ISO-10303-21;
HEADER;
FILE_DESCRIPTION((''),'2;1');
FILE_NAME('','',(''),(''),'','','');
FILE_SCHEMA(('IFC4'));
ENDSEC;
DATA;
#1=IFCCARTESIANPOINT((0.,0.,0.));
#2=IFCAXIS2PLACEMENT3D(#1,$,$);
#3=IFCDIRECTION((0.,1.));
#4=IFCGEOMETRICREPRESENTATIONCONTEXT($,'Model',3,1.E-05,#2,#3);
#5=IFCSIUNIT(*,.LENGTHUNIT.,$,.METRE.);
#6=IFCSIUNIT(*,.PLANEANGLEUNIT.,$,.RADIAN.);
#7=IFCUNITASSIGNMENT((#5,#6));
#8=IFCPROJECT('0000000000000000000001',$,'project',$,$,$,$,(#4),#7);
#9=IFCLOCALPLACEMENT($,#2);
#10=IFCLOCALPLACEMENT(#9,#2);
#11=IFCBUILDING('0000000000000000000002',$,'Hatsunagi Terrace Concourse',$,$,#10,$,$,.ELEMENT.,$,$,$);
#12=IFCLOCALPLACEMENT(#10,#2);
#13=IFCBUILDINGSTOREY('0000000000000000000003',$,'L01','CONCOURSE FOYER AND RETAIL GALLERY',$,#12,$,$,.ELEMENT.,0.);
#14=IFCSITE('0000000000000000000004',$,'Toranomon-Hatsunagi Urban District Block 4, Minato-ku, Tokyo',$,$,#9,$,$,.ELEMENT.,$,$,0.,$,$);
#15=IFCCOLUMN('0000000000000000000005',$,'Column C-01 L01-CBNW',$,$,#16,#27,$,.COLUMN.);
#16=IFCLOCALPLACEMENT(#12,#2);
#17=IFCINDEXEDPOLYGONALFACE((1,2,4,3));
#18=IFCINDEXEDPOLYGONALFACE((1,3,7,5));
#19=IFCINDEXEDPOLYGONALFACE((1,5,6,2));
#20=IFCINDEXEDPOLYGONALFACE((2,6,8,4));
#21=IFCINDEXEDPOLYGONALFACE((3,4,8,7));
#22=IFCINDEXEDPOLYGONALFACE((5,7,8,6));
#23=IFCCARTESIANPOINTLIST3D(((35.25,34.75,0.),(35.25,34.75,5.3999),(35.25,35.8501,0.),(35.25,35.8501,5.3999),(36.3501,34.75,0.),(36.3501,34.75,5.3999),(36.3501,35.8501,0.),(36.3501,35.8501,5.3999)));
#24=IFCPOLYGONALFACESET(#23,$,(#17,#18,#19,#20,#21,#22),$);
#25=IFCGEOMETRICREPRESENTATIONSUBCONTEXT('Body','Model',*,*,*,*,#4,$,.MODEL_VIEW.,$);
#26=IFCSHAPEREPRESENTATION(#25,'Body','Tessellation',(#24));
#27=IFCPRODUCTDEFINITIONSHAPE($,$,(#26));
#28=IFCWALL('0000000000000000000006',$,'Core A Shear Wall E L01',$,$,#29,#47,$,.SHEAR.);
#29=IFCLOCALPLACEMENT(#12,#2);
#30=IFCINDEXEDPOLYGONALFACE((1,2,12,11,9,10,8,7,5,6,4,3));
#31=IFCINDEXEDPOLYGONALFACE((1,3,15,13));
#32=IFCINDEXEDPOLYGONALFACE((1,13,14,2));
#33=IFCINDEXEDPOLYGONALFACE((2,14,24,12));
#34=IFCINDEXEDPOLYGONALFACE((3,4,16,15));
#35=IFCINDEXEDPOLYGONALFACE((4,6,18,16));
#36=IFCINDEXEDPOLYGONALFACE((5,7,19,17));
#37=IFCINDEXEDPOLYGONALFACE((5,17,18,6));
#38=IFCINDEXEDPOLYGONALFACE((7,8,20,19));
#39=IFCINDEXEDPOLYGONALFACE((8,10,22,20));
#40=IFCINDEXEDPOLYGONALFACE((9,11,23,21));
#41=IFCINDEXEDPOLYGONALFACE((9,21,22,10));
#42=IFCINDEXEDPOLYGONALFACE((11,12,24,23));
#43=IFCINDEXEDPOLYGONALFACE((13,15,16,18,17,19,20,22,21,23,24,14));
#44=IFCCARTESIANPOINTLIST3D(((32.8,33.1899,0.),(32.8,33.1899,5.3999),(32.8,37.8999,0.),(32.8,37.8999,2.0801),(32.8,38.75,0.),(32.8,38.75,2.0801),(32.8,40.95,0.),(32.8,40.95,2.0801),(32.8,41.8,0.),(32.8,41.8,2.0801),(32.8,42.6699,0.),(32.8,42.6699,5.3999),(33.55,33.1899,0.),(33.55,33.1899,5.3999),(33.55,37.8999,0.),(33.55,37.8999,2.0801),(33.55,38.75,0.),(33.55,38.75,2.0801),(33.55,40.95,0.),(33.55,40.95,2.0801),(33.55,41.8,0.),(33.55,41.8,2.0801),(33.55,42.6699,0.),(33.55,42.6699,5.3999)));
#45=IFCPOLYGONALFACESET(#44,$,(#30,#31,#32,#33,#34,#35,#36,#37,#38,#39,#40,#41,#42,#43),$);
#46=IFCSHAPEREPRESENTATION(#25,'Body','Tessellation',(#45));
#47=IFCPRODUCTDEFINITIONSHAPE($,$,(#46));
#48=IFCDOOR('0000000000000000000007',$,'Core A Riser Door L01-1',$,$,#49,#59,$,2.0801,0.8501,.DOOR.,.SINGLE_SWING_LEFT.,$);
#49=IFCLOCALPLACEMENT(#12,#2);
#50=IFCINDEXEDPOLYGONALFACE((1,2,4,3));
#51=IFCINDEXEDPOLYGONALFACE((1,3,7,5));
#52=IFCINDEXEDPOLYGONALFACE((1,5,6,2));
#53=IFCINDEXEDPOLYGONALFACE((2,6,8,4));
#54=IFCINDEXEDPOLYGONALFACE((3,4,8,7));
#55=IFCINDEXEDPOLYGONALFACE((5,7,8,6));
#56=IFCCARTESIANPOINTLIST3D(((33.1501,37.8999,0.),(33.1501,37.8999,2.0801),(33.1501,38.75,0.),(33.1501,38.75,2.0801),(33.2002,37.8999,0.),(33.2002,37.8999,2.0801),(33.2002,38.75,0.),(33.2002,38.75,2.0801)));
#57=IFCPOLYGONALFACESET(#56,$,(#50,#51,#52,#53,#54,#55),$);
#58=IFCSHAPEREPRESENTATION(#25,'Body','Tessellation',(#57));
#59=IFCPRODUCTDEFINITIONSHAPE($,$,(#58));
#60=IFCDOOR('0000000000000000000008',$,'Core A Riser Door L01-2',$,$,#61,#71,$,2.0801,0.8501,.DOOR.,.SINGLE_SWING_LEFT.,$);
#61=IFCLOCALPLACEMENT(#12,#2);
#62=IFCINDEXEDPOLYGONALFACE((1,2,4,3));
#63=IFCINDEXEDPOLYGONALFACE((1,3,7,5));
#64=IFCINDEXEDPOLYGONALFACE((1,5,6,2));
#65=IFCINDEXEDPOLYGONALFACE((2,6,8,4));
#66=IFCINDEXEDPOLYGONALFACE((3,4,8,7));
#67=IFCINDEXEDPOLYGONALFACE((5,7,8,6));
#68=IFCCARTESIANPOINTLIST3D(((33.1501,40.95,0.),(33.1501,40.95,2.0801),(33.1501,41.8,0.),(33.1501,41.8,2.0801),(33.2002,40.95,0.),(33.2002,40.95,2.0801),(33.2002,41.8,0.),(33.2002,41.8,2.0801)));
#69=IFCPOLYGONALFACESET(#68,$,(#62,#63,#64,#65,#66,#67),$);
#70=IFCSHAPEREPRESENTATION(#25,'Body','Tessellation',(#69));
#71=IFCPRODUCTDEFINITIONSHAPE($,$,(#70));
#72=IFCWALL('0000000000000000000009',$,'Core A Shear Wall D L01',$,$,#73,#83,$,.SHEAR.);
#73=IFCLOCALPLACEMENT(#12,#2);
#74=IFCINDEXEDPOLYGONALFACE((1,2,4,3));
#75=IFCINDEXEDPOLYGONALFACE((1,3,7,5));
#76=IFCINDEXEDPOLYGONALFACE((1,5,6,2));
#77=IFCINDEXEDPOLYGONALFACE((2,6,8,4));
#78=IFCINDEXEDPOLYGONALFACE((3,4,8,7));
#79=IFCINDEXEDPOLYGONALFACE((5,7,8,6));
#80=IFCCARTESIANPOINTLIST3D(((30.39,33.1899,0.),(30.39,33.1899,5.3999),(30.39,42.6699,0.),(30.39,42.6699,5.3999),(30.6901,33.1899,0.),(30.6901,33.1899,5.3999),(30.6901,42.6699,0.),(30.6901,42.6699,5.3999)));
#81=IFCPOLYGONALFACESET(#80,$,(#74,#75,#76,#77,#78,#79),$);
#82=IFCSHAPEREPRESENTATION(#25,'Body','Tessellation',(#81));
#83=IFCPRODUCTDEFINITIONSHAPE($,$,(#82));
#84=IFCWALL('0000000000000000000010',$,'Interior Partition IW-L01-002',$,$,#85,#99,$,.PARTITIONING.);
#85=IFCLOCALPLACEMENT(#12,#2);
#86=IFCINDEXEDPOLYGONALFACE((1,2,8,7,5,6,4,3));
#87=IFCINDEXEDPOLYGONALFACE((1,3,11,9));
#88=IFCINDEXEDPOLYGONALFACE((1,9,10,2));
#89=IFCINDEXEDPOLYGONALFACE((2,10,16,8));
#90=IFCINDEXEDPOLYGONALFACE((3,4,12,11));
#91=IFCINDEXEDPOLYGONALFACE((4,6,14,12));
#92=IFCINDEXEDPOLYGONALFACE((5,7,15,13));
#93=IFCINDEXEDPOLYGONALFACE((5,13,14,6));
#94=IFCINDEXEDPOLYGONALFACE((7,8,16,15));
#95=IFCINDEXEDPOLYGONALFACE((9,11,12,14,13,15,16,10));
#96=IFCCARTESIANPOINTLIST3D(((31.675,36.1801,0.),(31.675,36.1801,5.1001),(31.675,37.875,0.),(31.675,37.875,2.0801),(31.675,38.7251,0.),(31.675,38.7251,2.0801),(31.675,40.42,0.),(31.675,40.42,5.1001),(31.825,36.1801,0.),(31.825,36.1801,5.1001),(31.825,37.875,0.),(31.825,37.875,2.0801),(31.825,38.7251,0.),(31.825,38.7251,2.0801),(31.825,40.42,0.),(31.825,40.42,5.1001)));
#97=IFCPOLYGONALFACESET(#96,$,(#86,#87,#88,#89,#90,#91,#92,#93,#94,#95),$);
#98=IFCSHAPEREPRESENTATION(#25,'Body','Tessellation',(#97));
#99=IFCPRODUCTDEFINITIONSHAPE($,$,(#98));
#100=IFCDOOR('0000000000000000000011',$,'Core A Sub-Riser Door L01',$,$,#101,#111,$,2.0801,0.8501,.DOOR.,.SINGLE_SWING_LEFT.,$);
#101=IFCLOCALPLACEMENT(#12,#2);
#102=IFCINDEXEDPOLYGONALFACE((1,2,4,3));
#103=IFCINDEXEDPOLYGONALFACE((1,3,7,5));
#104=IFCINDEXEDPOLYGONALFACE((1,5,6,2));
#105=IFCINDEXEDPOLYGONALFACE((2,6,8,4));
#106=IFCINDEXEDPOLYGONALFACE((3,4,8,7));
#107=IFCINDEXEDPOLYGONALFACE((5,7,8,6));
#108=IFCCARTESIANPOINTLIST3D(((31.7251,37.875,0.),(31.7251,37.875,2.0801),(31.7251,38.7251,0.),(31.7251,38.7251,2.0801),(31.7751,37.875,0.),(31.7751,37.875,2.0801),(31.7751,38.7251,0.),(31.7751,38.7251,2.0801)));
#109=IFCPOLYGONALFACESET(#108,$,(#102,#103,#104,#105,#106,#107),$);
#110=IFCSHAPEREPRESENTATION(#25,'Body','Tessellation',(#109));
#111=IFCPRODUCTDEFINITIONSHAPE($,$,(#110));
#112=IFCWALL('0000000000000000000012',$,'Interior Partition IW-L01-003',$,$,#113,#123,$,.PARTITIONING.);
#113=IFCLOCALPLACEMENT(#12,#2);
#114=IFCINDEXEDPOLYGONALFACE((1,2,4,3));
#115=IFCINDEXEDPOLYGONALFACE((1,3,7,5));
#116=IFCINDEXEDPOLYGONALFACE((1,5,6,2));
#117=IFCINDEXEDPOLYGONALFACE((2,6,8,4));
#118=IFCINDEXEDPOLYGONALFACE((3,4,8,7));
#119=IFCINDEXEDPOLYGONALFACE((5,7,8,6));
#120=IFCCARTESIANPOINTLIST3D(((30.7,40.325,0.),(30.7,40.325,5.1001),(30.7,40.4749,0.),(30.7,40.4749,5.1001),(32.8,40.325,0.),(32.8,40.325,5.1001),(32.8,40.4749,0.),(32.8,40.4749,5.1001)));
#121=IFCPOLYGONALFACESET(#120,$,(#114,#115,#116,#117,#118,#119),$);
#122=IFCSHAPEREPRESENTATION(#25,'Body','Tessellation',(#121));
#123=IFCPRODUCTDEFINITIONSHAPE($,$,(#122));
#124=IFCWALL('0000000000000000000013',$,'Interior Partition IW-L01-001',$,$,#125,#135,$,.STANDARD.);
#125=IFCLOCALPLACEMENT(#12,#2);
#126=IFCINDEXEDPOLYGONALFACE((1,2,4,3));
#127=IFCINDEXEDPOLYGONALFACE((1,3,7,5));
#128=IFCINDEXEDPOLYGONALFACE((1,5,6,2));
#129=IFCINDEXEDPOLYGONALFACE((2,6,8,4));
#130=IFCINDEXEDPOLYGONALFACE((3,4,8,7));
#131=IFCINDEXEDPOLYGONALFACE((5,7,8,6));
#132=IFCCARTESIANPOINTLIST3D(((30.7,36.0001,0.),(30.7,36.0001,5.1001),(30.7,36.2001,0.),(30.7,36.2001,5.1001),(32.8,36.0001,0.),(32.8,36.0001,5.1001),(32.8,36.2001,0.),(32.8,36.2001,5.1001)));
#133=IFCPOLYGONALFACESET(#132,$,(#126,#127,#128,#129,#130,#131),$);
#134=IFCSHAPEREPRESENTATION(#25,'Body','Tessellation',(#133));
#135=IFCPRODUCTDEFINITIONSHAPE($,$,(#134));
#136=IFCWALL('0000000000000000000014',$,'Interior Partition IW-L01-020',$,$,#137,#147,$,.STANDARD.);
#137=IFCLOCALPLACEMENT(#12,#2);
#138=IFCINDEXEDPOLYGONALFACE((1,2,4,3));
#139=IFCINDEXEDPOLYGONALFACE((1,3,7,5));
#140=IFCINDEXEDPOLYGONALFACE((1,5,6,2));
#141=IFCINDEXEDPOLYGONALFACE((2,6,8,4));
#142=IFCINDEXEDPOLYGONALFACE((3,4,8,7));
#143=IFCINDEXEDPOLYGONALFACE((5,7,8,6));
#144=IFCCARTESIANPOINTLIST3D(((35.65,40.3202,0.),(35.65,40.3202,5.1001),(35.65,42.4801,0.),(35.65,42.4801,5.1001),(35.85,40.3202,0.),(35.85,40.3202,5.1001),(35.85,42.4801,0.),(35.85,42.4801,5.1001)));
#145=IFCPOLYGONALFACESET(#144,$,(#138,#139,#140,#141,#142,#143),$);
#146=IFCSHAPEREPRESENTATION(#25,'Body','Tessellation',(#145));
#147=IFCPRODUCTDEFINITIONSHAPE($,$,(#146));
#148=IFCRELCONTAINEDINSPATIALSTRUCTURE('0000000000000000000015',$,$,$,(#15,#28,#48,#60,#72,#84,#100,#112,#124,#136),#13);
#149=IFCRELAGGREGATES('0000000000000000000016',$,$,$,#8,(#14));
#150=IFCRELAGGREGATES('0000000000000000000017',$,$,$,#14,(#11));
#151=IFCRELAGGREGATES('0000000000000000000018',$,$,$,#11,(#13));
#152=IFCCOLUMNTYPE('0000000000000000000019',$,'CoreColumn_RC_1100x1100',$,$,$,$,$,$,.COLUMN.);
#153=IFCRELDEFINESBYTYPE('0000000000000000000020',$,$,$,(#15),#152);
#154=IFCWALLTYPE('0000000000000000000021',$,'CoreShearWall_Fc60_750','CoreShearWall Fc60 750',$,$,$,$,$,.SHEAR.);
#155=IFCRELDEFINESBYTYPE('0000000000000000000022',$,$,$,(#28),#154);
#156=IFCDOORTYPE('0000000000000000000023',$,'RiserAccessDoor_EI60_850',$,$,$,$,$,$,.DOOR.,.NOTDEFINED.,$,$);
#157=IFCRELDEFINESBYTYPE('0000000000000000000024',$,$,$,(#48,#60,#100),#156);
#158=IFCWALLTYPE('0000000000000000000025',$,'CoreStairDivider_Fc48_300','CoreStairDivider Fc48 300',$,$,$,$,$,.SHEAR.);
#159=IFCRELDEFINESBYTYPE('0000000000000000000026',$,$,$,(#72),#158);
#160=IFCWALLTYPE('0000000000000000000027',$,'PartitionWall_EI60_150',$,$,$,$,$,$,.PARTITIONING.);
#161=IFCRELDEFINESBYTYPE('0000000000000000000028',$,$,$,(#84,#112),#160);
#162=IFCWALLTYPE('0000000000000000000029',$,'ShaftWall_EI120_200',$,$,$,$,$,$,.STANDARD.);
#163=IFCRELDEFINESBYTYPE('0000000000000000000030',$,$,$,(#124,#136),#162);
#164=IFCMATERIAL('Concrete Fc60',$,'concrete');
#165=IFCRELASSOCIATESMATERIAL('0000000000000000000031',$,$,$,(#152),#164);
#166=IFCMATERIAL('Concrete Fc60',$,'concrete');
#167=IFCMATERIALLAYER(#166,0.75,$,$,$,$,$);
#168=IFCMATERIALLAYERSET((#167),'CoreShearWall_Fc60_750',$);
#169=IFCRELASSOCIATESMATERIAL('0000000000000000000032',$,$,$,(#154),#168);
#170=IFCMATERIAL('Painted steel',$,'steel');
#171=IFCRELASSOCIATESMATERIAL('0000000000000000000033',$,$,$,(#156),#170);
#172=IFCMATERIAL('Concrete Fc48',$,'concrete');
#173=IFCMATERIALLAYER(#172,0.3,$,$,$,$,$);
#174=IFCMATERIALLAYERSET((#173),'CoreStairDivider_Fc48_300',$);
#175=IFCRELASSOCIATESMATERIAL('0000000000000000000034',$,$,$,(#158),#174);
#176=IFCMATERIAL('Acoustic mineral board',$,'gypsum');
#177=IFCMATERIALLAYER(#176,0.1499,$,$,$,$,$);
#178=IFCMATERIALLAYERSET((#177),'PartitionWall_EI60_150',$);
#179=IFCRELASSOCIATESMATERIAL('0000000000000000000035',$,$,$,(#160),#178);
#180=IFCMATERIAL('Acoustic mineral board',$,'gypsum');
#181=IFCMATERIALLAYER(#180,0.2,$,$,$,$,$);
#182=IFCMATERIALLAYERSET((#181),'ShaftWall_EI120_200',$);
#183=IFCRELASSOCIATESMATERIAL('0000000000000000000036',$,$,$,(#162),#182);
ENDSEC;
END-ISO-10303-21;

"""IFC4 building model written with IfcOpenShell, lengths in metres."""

from ifc_helpers import new_model, si_unit, direction, frame, frame_2d, origin, origin_2d, place, context, subcontext, project, spatial, rectangle, extrude, material, layer, layer_set, material_profile, profile_set, type_object, element, fill, save


model = new_model("IFC4")

# Units and contexts
model_context = context("Model", 3, precision=1e-05, world=origin(), true_north=direction((0.0, 1.0)))
body_context = subcontext(model_context, "Body", "Model", "MODEL_VIEW")
ifc_project = project(units=[si_unit("LENGTHUNIT", "METRE"), si_unit("PLANEANGLEUNIT", "RADIAN")], contexts=[model_context])

# Site, building, storey
site_placement = place(None, origin())
site = spatial("IfcSite", under=ifc_project, at=site_placement, Name="Toranomon-Hatsunagi Urban District Block 4, Minato-ku, Tokyo", CompositionType="ELEMENT", RefElevation=0.0)
building_placement = place(site_placement, origin())
building = spatial("IfcBuilding", under=site, at=building_placement, Name="Hatsunagi Terrace Concourse", CompositionType="ELEMENT")
storey_placement = place(building_placement, origin())
storey = spatial("IfcBuildingStorey", under=building, at=storey_placement, Name="L01", Description="CONCOURSE FOYER AND RETAIL GALLERY", CompositionType="ELEMENT", Elevation=0.0)

# Column
ifc_material_1 = material(Name="Concrete Fc60", Category="concrete")
ifc_material_profile = material_profile(ifc_material_1, rectangle(XDim=1.1001, YDim=1.1001, at=origin_2d()), Name="RC-1100x1100")
ifc_profile_set = profile_set([ifc_material_profile], Name="Concrete Fc60")
column_type = type_object("IfcColumnType", Name="CoreColumn_RC_1100x1100", PredefinedType="COLUMN", material=ifc_profile_set)
column_placement = place(storey_placement, frame((35.8, 35.3, 0.0), z_axis=(0.0, 0.0, 1.0), x_axis=(1.0, 0.0, 0.0)))
element("IfcColumn", 1, at=column_placement, inside=storey, type_object=column_type, Name="Column C-01 L01-CBNW", PredefinedType="COLUMN", context=body_context, shape_type="SweptSolid", body=[
    extrude(rectangle(XDim=1.1001, YDim=1.1001, at=origin_2d()), origin(), (0.0, 0.0, 1.0), 5.3999),
])

# Wall, openings, doors
ifc_material_2 = material(Name="Concrete Fc60", Category="concrete")
ifc_layer_1 = layer(ifc_material_2, 0.75)
ifc_layer_set_1 = layer_set([ifc_layer_1], Name="CoreShearWall_Fc60_750")
wall_type_1 = type_object("IfcWallType", Name="CoreShearWall_Fc60_750", Description="CoreShearWall Fc60 750", PredefinedType="SHEAR", material=ifc_layer_set_1)
wall_1_placement = place(storey_placement, frame((33.175, 33.1899, 0.0), z_axis=(0.0, 0.0, 1.0), x_axis=(0.0, 1.0, 0.0)))
wall_1 = element("IfcWall", 2, at=wall_1_placement, inside=storey, type_object=wall_type_1, Name="Core A Shear Wall E L01", PredefinedType="SHEAR", context=body_context, shape_type="SweptSolid", body=[
    extrude(rectangle(XDim=9.48, YDim=0.75, at=frame_2d((4.74, 0.0))), origin(), (0.0, 0.0, 1.0), 5.3999),
])
opening_1_placement = place(wall_1_placement, frame((4.71, 0.0, 0.0)))
opening_1 = element("IfcOpeningElement", 3, at=opening_1_placement, cuts=wall_1, PredefinedType="OPENING", context=body_context, shape_type="SweptSolid", body=[
    extrude(rectangle(XDim=0.8501, YDim=2.0801, at=frame_2d((0.425, 1.04))), frame((0.0, 0.385, 0.0), z_axis=(0.0, -1.0, 0.0), x_axis=(1.0, 0.0, 0.0)), (0.0, 0.0, 1.0), 0.77),
])
opening_2_placement = place(wall_1_placement, frame((7.76, 0.0, 0.0)))
opening_2 = element("IfcOpeningElement", 4, at=opening_2_placement, cuts=wall_1, PredefinedType="OPENING", context=body_context, shape_type="SweptSolid", body=[
    extrude(rectangle(XDim=0.8501, YDim=2.0801, at=frame_2d((0.425, 1.04))), frame((0.0, 0.385, 0.0), z_axis=(0.0, -1.0, 0.0), x_axis=(1.0, 0.0, 0.0)), (0.0, 0.0, 1.0), 0.77),
])
ifc_material_3 = material(Name="Painted steel", Category="steel")
door_type_1 = type_object("IfcDoorType", Name="RiserAccessDoor_EI60_850", OperationType="NOTDEFINED", PredefinedType="DOOR", material=ifc_material_3)
door_1_placement = place(opening_1_placement, origin())
door_1 = element("IfcDoor", 5, at=door_1_placement, inside=storey, type_object=door_type_1, Name="Core A Riser Door L01-1", OperationType="SINGLE_SWING_LEFT", OverallHeight=2.0801, OverallWidth=0.8501, PredefinedType="DOOR", context=body_context, shape_type="SweptSolid", body=[
    extrude(rectangle(XDim=0.8501, YDim=2.0801, at=frame_2d((0.425, 1.04))), frame((0.0, 0.0249, 0.0), z_axis=(0.0, -1.0, 0.0), x_axis=(1.0, 0.0, 0.0)), (0.0, 0.0, 1.0), 0.05),
])
fill(opening_1, door_1)
door_2_placement = place(opening_2_placement, origin())
door_2 = element("IfcDoor", 6, at=door_2_placement, inside=storey, type_object=door_type_1, Name="Core A Riser Door L01-2", OperationType="SINGLE_SWING_LEFT", OverallHeight=2.0801, OverallWidth=0.8501, PredefinedType="DOOR", context=body_context, shape_type="SweptSolid", body=[
    extrude(rectangle(XDim=0.8501, YDim=2.0801, at=frame_2d((0.425, 1.04))), frame((0.0, 0.0249, 0.0), z_axis=(0.0, -1.0, 0.0), x_axis=(1.0, 0.0, 0.0)), (0.0, 0.0, 1.0), 0.05),
])
fill(opening_2, door_2)

# Wall
ifc_material_4 = material(Name="Concrete Fc48", Category="concrete")
ifc_layer_2 = layer(ifc_material_4, 0.3)
ifc_layer_set_2 = layer_set([ifc_layer_2], Name="CoreStairDivider_Fc48_300")
wall_type_2 = type_object("IfcWallType", Name="CoreStairDivider_Fc48_300", Description="CoreStairDivider Fc48 300", PredefinedType="SHEAR", material=ifc_layer_set_2)
wall_2_placement = place(storey_placement, frame((30.54, 33.1899, 0.0), z_axis=(0.0, 0.0, 1.0), x_axis=(0.0, 1.0, 0.0)))
element("IfcWall", 7, at=wall_2_placement, inside=storey, type_object=wall_type_2, Name="Core A Shear Wall D L01", PredefinedType="SHEAR", context=body_context, shape_type="SweptSolid", body=[
    extrude(rectangle(XDim=9.48, YDim=0.3, at=frame_2d((4.74, 0.0))), origin(), (0.0, 0.0, 1.0), 5.3999),
])

# Wall, opening, door
ifc_material_5 = material(Name="Acoustic mineral board", Category="gypsum")
ifc_layer_3 = layer(ifc_material_5, 0.1499)
ifc_layer_set_3 = layer_set([ifc_layer_3], Name="PartitionWall_EI60_150")
wall_type_3 = type_object("IfcWallType", Name="PartitionWall_EI60_150", PredefinedType="PARTITIONING", material=ifc_layer_set_3)
wall_3_placement = place(storey_placement, frame((31.75, 36.1799, 0.0), z_axis=(0.0, 0.0, 1.0), x_axis=(0.0, 1.0, 0.0)))
wall_3 = element("IfcWall", 8, at=wall_3_placement, inside=storey, type_object=wall_type_3, Name="Interior Partition IW-L01-002", PredefinedType="PARTITIONING", context=body_context, shape_type="SweptSolid", body=[
    extrude(rectangle(XDim=4.24, YDim=0.1499, at=frame_2d((2.1201, 0.0))), origin(), (0.0, 0.0, 1.0), 5.1001),
])
opening_3_placement = place(wall_3_placement, frame((1.6951, 0.0, 0.0)))
opening_3 = element("IfcOpeningElement", 9, at=opening_3_placement, cuts=wall_3, PredefinedType="OPENING", context=body_context, shape_type="SweptSolid", body=[
    extrude(rectangle(XDim=0.8501, YDim=2.0801, at=frame_2d((0.425, 1.04))), frame((0.0, 0.085, 0.0), z_axis=(0.0, -1.0, 0.0), x_axis=(1.0, 0.0, 0.0)), (0.0, 0.0, 1.0), 0.1699),
])
door_3_placement = place(opening_3_placement, origin())
door_3 = element("IfcDoor", 10, at=door_3_placement, inside=storey, type_object=door_type_1, Name="Core A Sub-Riser Door L01", OperationType="SINGLE_SWING_LEFT", OverallHeight=2.0801, OverallWidth=0.8501, PredefinedType="DOOR", context=body_context, shape_type="SweptSolid", body=[
    extrude(rectangle(XDim=0.8501, YDim=2.0801, at=frame_2d((0.425, 1.04))), frame((0.0, 0.0249, 0.0), z_axis=(0.0, -1.0, 0.0), x_axis=(1.0, 0.0, 0.0)), (0.0, 0.0, 1.0), 0.05),
])
fill(opening_3, door_3)

# Walls
wall_4_placement = place(storey_placement, frame((30.7, 40.3999, 0.0), z_axis=(0.0, 0.0, 1.0), x_axis=(1.0, 0.0, 0.0)))
element("IfcWall", 11, at=wall_4_placement, inside=storey, type_object=wall_type_3, Name="Interior Partition IW-L01-003", PredefinedType="PARTITIONING", context=body_context, shape_type="SweptSolid", body=[
    extrude(rectangle(XDim=2.1001, YDim=0.1499, at=frame_2d((1.05, 0.0))), origin(), (0.0, 0.0, 1.0), 5.1001),
])
ifc_material_6 = material(Name="Acoustic mineral board", Category="gypsum")
ifc_layer_4 = layer(ifc_material_6, 0.2)
ifc_layer_set_4 = layer_set([ifc_layer_4], Name="ShaftWall_EI120_200")
wall_type_4 = type_object("IfcWallType", Name="ShaftWall_EI120_200", PredefinedType="STANDARD", material=ifc_layer_set_4)
wall_5_placement = place(storey_placement, frame((30.7, 36.1001, 0.0), z_axis=(0.0, 0.0, 1.0), x_axis=(1.0, 0.0, 0.0)))
element("IfcWall", 12, at=wall_5_placement, inside=storey, type_object=wall_type_4, Name="Interior Partition IW-L01-001", PredefinedType="STANDARD", context=body_context, shape_type="SweptSolid", body=[
    extrude(rectangle(XDim=2.1001, YDim=0.2, at=frame_2d((1.05, 0.0))), origin(), (0.0, 0.0, 1.0), 5.1001),
])
wall_6_placement = place(storey_placement, frame((35.75, 40.3201, 0.0), z_axis=(0.0, 0.0, 1.0), x_axis=(0.0, 1.0, 0.0)))
element("IfcWall", 13, at=wall_6_placement, inside=storey, type_object=wall_type_4, Name="Interior Partition IW-L01-020", PredefinedType="STANDARD", context=body_context, shape_type="SweptSolid", body=[
    extrude(rectangle(XDim=2.1599, YDim=0.2, at=frame_2d((1.0801, 0.0))), origin(), (0.0, 0.0, 1.0), 5.1001),
])

save(model, "model.ifc")
